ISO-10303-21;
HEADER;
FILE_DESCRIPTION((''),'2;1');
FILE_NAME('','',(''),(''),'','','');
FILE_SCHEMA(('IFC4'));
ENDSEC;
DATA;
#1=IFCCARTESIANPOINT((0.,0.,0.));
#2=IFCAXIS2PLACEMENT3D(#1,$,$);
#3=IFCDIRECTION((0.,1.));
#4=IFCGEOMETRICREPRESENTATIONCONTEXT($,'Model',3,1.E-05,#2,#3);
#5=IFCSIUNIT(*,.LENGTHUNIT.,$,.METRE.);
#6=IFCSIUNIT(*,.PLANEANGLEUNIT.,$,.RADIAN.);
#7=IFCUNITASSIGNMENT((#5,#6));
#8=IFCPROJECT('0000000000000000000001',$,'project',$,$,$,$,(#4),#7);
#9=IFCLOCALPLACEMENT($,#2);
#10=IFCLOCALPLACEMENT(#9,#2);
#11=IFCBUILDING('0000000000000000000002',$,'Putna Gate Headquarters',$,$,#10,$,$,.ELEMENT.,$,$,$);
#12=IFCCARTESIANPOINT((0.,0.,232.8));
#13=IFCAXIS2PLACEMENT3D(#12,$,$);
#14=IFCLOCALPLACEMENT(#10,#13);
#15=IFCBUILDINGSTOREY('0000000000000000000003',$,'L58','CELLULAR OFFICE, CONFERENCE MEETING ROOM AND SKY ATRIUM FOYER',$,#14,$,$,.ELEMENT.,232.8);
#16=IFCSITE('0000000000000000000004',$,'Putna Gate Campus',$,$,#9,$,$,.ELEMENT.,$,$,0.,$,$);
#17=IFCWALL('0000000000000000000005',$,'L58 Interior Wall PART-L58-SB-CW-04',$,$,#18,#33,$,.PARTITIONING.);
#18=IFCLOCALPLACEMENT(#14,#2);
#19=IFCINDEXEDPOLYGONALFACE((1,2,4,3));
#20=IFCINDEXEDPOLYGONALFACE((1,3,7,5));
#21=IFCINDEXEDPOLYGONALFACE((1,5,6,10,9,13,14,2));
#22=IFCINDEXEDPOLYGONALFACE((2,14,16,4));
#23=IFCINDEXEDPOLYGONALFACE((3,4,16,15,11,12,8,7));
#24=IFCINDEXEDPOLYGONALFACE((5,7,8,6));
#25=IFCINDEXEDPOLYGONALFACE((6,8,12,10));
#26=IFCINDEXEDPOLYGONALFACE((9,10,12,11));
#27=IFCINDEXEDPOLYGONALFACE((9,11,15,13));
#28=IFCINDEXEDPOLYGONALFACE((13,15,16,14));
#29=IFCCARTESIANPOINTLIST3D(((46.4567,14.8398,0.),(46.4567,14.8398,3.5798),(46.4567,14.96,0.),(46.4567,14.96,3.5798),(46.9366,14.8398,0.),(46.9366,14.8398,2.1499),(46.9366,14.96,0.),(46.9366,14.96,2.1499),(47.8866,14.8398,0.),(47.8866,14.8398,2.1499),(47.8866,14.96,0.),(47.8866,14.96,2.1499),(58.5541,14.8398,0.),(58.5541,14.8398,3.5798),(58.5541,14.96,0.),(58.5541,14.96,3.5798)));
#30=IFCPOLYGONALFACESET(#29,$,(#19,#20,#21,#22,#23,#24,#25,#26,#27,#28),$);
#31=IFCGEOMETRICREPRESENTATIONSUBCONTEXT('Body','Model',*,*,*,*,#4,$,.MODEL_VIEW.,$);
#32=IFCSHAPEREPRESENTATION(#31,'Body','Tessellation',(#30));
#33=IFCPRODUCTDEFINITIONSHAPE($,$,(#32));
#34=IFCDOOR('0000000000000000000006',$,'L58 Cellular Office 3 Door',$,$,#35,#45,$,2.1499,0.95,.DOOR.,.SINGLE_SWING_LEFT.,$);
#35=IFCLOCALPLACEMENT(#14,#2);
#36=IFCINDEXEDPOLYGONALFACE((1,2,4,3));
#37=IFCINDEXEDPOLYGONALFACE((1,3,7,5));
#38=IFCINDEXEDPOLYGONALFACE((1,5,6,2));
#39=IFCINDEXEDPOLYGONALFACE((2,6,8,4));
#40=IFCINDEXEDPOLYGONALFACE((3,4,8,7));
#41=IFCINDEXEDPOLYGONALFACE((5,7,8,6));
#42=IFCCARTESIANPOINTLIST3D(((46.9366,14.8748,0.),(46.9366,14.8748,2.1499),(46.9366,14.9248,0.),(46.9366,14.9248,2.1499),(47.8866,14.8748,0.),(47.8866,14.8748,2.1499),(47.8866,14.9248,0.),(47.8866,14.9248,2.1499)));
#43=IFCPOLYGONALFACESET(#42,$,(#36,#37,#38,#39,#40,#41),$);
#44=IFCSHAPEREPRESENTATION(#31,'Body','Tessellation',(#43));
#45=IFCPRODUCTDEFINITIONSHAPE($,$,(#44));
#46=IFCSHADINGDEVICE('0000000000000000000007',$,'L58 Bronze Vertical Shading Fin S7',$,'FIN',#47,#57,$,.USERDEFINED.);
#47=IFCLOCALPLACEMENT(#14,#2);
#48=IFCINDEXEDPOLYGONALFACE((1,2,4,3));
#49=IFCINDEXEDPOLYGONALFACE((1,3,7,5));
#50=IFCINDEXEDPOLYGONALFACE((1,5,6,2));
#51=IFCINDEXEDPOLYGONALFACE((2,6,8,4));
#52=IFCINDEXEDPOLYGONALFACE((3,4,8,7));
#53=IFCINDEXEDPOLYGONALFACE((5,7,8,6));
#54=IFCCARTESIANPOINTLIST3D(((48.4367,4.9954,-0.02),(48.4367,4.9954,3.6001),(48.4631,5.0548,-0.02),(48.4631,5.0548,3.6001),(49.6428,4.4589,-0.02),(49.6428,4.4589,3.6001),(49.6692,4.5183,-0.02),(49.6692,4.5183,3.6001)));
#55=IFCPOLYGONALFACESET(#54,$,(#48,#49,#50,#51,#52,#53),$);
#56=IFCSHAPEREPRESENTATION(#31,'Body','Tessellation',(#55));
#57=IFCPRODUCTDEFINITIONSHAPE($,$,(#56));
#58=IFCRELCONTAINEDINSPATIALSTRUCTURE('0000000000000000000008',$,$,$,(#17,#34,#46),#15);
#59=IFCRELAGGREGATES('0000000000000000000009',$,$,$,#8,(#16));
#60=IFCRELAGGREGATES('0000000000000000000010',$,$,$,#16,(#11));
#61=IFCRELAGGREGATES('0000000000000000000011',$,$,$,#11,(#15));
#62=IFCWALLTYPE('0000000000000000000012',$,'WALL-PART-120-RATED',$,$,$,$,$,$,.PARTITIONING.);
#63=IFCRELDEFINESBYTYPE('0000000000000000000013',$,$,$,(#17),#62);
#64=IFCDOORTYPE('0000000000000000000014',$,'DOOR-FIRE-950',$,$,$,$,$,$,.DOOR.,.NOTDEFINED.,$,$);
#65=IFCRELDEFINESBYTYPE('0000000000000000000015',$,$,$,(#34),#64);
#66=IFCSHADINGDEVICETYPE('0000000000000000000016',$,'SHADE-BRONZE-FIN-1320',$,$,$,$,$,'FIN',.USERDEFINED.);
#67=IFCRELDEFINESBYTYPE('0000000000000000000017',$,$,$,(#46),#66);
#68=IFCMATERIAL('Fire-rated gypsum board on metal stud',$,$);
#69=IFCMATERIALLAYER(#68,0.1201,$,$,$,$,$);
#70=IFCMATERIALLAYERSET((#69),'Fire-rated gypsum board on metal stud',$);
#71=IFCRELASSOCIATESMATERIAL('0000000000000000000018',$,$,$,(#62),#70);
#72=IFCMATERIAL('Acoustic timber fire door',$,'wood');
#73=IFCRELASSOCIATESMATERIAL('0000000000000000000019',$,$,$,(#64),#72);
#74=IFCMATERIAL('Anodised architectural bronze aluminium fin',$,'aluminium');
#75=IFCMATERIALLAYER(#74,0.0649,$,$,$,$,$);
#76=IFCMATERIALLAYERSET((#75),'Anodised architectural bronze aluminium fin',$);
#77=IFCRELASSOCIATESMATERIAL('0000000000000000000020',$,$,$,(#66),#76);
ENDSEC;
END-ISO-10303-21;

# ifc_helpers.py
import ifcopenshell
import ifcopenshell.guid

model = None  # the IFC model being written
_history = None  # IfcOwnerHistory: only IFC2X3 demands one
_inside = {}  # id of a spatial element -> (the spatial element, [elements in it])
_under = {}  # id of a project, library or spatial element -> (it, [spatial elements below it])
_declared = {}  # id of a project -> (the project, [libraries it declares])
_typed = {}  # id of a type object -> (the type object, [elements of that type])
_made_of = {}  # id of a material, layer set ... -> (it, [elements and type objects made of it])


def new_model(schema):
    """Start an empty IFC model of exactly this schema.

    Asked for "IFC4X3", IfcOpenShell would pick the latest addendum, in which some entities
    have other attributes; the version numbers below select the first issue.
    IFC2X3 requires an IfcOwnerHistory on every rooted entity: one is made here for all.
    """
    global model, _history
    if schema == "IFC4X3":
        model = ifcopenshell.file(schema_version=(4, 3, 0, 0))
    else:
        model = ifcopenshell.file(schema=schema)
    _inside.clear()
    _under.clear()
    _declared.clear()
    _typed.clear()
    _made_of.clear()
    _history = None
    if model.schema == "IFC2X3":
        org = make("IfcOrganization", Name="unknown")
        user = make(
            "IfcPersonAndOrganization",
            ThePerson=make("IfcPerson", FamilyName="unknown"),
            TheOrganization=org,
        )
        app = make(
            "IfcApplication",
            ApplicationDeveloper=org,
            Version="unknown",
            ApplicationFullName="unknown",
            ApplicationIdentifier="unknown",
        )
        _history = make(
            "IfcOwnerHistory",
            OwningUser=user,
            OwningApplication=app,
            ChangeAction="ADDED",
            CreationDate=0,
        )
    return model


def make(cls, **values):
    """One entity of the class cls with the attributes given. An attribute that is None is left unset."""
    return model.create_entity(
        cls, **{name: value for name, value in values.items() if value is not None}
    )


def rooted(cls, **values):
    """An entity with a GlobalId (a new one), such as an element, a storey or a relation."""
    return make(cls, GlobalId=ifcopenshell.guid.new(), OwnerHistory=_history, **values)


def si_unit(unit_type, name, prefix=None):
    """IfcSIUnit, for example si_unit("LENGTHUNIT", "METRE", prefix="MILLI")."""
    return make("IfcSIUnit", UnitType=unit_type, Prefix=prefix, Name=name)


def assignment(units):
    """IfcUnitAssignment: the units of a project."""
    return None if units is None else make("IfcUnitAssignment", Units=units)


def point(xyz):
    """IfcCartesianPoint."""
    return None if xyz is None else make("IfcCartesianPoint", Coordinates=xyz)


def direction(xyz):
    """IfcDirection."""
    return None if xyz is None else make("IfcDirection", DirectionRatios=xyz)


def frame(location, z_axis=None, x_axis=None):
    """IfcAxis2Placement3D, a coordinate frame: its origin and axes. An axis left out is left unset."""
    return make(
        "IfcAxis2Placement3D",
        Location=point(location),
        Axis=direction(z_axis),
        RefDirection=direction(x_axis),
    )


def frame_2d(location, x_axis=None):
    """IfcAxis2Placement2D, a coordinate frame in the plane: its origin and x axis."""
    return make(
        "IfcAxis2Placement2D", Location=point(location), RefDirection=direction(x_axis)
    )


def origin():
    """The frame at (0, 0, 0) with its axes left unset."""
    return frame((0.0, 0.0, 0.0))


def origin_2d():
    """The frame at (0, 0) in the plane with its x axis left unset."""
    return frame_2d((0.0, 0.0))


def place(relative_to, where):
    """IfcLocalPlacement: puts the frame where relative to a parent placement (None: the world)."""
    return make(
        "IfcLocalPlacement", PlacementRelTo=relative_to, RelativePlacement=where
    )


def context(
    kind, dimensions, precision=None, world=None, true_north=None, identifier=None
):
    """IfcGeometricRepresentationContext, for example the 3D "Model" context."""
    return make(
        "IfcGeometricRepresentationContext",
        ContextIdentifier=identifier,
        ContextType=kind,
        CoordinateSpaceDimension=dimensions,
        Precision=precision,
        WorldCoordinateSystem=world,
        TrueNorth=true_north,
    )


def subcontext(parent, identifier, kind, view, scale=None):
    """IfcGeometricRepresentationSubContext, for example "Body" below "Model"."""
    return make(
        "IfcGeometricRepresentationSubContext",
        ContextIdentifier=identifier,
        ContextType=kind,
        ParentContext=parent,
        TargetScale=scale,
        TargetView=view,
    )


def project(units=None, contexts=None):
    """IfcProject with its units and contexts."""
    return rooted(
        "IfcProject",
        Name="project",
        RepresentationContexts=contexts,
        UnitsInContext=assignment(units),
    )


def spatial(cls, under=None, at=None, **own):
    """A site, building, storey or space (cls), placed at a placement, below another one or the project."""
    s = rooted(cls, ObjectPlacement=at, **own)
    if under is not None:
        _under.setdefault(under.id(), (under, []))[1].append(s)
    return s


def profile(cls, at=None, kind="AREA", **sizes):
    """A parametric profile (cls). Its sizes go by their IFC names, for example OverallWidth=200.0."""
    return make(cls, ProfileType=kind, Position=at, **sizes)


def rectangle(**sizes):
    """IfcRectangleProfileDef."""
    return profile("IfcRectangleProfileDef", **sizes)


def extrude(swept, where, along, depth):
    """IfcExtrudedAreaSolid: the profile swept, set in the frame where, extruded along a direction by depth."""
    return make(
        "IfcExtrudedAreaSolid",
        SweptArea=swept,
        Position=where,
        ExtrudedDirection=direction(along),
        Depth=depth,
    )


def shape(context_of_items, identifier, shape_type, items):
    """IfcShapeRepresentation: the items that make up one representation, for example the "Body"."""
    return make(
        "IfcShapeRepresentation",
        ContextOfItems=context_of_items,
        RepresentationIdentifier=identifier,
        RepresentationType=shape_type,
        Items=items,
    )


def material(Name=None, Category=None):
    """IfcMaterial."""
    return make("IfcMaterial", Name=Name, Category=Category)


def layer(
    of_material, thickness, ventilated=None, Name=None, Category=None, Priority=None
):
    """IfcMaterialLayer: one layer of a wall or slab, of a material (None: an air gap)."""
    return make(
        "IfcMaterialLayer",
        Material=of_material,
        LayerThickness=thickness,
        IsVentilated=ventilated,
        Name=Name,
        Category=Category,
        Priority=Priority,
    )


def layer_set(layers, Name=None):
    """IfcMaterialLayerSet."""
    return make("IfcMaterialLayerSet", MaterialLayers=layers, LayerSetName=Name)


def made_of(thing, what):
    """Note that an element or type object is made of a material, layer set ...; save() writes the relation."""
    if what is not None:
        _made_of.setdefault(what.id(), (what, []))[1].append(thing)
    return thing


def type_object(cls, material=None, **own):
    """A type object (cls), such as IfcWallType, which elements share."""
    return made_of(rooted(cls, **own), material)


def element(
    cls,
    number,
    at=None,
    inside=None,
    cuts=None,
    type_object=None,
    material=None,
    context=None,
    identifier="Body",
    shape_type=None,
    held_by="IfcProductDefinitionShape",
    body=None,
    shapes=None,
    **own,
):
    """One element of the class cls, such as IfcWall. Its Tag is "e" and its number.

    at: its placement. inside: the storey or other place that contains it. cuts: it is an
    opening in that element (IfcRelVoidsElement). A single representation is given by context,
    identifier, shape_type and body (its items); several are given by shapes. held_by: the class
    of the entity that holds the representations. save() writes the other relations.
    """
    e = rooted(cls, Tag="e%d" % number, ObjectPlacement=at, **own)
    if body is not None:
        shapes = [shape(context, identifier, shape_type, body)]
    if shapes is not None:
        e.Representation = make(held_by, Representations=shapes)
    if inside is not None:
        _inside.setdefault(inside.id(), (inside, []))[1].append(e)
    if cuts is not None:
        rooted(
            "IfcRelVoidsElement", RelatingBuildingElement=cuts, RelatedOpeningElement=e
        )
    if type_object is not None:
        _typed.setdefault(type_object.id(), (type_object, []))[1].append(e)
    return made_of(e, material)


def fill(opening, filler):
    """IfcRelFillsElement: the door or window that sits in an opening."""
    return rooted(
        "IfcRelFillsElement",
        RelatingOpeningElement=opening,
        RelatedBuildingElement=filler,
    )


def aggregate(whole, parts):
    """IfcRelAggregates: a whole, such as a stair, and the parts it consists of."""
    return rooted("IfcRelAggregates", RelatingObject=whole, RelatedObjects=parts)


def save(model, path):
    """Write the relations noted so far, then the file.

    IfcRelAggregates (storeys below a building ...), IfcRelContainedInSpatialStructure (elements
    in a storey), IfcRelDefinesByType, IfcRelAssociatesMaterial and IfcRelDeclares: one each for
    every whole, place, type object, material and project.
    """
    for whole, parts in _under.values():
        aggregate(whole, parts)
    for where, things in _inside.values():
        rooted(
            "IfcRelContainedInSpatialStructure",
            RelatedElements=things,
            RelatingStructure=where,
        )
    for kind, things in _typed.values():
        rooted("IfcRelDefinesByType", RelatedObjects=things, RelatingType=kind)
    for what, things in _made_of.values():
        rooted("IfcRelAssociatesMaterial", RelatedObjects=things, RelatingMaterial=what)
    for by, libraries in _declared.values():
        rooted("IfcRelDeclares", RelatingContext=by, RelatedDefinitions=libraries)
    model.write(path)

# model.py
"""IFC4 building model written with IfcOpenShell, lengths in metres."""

from ifc_helpers import new_model, si_unit, direction, frame, frame_2d, origin, origin_2d, place, context, subcontext, project, spatial, rectangle, extrude, material, layer, layer_set, type_object, element, fill, save


model = new_model("IFC4")

# Units and contexts
model_context = context("Model", 3, precision=1e-05, world=origin(), true_north=direction((0.0, 1.0)))
body_context = subcontext(model_context, "Body", "Model", "MODEL_VIEW")
ifc_project = project(units=[si_unit("LENGTHUNIT", "METRE"), si_unit("PLANEANGLEUNIT", "RADIAN")], contexts=[model_context])

# Site, building, storey
site_placement = place(None, origin())
site = spatial("IfcSite", under=ifc_project, at=site_placement, Name="Putna Gate Campus", CompositionType="ELEMENT", RefElevation=0.0)
building_placement = place(site_placement, origin())
building = spatial("IfcBuilding", under=site, at=building_placement, Name="Putna Gate Headquarters", CompositionType="ELEMENT")
storey_placement = place(building_placement, frame((0.0, 0.0, 232.8)))
storey = spatial("IfcBuildingStorey", under=building, at=storey_placement, Name="L58", Description="CELLULAR OFFICE, CONFERENCE MEETING ROOM AND SKY ATRIUM FOYER", CompositionType="ELEMENT", Elevation=232.8)

# Wall, opening, door
ifc_material_1 = material(Name="Fire-rated gypsum board on metal stud")
ifc_layer_1 = layer(ifc_material_1, 0.1201)
ifc_layer_set_1 = layer_set([ifc_layer_1], Name="Fire-rated gypsum board on metal stud")
wall_type_1 = type_object("IfcWallType", Name="WALL-PART-120-RATED", PredefinedType="PARTITIONING", material=ifc_layer_set_1)
wall_1_placement = place(storey_placement, frame((46.4565, 14.8999, 0.0), z_axis=(0.0, 0.0, 1.0), x_axis=(1.0, 0.0, 0.0)))
wall_1 = element("IfcWall", 1, at=wall_1_placement, inside=storey, type_object=wall_type_1, Name="L58 Interior Wall PART-L58-SB-CW-04", PredefinedType="PARTITIONING", context=body_context, shape_type="SweptSolid", body=[
    extrude(rectangle(XDim=12.0974, YDim=0.1201, at=frame_2d((6.0488, 0.0))), origin(), (0.0, 0.0, 1.0), 3.5798),
])
opening_placement = place(wall_1_placement, frame((0.48, 0.0, 0.0)))
opening = element("IfcOpeningElement", 2, at=opening_placement, cuts=wall_1, PredefinedType="OPENING", context=body_context, shape_type="SweptSolid", body=[
    extrude(rectangle(XDim=0.95, YDim=2.1499, at=frame_2d((0.4751, 1.075))), frame((0.0, 0.0701, 0.0), z_axis=(0.0, -1.0, 0.0), x_axis=(1.0, 0.0, 0.0)), (0.0, 0.0, 1.0), 0.1401),
])
ifc_material_2 = material(Name="Acoustic timber fire door", Category="wood")
door_type = type_object("IfcDoorType", Name="DOOR-FIRE-950", OperationType="NOTDEFINED", PredefinedType="DOOR", material=ifc_material_2)
door_placement = place(opening_placement, origin())
door = element("IfcDoor", 3, at=door_placement, inside=storey, type_object=door_type, Name="L58 Cellular Office 3 Door", OperationType="SINGLE_SWING_LEFT", OverallHeight=2.1499, OverallWidth=0.95, PredefinedType="DOOR", context=body_context, shape_type="SweptSolid", body=[
    extrude(rectangle(XDim=0.95, YDim=2.1499, at=frame_2d((0.4751, 1.075))), frame((0.0, 0.0249, 0.0), z_axis=(0.0, -1.0, 0.0), x_axis=(1.0, 0.0, 0.0)), (0.0, 0.0, 1.0), 0.05),
])
fill(opening, door)

# Shading device
ifc_material_3 = material(Name="Anodised architectural bronze aluminium fin", Category="aluminium")
ifc_layer_2 = layer(ifc_material_3, 0.0649)
ifc_layer_set_2 = layer_set([ifc_layer_2], Name="Anodised architectural bronze aluminium fin")
shading_device_type = type_object("IfcShadingDeviceType", Name="SHADE-BRONZE-FIN-1320", ElementType="FIN", PredefinedType="USERDEFINED", material=ifc_layer_set_2)
shading_device_placement = place(storey_placement, frame((49.053, 4.7568, -0.02), z_axis=(0.0, 0.0, 1.0), x_axis=(0.913687, -0.406418, 0.0)))
element("IfcShadingDevice", 4, at=shading_device_placement, inside=storey, type_object=shading_device_type, Name="L58 Bronze Vertical Shading Fin S7", ObjectType="FIN", PredefinedType="USERDEFINED", context=body_context, shape_type="SweptSolid", body=[
    extrude(rectangle(XDim=1.3201, YDim=0.0649, at=origin_2d()), origin(), (0.0, 0.0, 1.0), 3.6201),
])

save(model, "model.ifc")
